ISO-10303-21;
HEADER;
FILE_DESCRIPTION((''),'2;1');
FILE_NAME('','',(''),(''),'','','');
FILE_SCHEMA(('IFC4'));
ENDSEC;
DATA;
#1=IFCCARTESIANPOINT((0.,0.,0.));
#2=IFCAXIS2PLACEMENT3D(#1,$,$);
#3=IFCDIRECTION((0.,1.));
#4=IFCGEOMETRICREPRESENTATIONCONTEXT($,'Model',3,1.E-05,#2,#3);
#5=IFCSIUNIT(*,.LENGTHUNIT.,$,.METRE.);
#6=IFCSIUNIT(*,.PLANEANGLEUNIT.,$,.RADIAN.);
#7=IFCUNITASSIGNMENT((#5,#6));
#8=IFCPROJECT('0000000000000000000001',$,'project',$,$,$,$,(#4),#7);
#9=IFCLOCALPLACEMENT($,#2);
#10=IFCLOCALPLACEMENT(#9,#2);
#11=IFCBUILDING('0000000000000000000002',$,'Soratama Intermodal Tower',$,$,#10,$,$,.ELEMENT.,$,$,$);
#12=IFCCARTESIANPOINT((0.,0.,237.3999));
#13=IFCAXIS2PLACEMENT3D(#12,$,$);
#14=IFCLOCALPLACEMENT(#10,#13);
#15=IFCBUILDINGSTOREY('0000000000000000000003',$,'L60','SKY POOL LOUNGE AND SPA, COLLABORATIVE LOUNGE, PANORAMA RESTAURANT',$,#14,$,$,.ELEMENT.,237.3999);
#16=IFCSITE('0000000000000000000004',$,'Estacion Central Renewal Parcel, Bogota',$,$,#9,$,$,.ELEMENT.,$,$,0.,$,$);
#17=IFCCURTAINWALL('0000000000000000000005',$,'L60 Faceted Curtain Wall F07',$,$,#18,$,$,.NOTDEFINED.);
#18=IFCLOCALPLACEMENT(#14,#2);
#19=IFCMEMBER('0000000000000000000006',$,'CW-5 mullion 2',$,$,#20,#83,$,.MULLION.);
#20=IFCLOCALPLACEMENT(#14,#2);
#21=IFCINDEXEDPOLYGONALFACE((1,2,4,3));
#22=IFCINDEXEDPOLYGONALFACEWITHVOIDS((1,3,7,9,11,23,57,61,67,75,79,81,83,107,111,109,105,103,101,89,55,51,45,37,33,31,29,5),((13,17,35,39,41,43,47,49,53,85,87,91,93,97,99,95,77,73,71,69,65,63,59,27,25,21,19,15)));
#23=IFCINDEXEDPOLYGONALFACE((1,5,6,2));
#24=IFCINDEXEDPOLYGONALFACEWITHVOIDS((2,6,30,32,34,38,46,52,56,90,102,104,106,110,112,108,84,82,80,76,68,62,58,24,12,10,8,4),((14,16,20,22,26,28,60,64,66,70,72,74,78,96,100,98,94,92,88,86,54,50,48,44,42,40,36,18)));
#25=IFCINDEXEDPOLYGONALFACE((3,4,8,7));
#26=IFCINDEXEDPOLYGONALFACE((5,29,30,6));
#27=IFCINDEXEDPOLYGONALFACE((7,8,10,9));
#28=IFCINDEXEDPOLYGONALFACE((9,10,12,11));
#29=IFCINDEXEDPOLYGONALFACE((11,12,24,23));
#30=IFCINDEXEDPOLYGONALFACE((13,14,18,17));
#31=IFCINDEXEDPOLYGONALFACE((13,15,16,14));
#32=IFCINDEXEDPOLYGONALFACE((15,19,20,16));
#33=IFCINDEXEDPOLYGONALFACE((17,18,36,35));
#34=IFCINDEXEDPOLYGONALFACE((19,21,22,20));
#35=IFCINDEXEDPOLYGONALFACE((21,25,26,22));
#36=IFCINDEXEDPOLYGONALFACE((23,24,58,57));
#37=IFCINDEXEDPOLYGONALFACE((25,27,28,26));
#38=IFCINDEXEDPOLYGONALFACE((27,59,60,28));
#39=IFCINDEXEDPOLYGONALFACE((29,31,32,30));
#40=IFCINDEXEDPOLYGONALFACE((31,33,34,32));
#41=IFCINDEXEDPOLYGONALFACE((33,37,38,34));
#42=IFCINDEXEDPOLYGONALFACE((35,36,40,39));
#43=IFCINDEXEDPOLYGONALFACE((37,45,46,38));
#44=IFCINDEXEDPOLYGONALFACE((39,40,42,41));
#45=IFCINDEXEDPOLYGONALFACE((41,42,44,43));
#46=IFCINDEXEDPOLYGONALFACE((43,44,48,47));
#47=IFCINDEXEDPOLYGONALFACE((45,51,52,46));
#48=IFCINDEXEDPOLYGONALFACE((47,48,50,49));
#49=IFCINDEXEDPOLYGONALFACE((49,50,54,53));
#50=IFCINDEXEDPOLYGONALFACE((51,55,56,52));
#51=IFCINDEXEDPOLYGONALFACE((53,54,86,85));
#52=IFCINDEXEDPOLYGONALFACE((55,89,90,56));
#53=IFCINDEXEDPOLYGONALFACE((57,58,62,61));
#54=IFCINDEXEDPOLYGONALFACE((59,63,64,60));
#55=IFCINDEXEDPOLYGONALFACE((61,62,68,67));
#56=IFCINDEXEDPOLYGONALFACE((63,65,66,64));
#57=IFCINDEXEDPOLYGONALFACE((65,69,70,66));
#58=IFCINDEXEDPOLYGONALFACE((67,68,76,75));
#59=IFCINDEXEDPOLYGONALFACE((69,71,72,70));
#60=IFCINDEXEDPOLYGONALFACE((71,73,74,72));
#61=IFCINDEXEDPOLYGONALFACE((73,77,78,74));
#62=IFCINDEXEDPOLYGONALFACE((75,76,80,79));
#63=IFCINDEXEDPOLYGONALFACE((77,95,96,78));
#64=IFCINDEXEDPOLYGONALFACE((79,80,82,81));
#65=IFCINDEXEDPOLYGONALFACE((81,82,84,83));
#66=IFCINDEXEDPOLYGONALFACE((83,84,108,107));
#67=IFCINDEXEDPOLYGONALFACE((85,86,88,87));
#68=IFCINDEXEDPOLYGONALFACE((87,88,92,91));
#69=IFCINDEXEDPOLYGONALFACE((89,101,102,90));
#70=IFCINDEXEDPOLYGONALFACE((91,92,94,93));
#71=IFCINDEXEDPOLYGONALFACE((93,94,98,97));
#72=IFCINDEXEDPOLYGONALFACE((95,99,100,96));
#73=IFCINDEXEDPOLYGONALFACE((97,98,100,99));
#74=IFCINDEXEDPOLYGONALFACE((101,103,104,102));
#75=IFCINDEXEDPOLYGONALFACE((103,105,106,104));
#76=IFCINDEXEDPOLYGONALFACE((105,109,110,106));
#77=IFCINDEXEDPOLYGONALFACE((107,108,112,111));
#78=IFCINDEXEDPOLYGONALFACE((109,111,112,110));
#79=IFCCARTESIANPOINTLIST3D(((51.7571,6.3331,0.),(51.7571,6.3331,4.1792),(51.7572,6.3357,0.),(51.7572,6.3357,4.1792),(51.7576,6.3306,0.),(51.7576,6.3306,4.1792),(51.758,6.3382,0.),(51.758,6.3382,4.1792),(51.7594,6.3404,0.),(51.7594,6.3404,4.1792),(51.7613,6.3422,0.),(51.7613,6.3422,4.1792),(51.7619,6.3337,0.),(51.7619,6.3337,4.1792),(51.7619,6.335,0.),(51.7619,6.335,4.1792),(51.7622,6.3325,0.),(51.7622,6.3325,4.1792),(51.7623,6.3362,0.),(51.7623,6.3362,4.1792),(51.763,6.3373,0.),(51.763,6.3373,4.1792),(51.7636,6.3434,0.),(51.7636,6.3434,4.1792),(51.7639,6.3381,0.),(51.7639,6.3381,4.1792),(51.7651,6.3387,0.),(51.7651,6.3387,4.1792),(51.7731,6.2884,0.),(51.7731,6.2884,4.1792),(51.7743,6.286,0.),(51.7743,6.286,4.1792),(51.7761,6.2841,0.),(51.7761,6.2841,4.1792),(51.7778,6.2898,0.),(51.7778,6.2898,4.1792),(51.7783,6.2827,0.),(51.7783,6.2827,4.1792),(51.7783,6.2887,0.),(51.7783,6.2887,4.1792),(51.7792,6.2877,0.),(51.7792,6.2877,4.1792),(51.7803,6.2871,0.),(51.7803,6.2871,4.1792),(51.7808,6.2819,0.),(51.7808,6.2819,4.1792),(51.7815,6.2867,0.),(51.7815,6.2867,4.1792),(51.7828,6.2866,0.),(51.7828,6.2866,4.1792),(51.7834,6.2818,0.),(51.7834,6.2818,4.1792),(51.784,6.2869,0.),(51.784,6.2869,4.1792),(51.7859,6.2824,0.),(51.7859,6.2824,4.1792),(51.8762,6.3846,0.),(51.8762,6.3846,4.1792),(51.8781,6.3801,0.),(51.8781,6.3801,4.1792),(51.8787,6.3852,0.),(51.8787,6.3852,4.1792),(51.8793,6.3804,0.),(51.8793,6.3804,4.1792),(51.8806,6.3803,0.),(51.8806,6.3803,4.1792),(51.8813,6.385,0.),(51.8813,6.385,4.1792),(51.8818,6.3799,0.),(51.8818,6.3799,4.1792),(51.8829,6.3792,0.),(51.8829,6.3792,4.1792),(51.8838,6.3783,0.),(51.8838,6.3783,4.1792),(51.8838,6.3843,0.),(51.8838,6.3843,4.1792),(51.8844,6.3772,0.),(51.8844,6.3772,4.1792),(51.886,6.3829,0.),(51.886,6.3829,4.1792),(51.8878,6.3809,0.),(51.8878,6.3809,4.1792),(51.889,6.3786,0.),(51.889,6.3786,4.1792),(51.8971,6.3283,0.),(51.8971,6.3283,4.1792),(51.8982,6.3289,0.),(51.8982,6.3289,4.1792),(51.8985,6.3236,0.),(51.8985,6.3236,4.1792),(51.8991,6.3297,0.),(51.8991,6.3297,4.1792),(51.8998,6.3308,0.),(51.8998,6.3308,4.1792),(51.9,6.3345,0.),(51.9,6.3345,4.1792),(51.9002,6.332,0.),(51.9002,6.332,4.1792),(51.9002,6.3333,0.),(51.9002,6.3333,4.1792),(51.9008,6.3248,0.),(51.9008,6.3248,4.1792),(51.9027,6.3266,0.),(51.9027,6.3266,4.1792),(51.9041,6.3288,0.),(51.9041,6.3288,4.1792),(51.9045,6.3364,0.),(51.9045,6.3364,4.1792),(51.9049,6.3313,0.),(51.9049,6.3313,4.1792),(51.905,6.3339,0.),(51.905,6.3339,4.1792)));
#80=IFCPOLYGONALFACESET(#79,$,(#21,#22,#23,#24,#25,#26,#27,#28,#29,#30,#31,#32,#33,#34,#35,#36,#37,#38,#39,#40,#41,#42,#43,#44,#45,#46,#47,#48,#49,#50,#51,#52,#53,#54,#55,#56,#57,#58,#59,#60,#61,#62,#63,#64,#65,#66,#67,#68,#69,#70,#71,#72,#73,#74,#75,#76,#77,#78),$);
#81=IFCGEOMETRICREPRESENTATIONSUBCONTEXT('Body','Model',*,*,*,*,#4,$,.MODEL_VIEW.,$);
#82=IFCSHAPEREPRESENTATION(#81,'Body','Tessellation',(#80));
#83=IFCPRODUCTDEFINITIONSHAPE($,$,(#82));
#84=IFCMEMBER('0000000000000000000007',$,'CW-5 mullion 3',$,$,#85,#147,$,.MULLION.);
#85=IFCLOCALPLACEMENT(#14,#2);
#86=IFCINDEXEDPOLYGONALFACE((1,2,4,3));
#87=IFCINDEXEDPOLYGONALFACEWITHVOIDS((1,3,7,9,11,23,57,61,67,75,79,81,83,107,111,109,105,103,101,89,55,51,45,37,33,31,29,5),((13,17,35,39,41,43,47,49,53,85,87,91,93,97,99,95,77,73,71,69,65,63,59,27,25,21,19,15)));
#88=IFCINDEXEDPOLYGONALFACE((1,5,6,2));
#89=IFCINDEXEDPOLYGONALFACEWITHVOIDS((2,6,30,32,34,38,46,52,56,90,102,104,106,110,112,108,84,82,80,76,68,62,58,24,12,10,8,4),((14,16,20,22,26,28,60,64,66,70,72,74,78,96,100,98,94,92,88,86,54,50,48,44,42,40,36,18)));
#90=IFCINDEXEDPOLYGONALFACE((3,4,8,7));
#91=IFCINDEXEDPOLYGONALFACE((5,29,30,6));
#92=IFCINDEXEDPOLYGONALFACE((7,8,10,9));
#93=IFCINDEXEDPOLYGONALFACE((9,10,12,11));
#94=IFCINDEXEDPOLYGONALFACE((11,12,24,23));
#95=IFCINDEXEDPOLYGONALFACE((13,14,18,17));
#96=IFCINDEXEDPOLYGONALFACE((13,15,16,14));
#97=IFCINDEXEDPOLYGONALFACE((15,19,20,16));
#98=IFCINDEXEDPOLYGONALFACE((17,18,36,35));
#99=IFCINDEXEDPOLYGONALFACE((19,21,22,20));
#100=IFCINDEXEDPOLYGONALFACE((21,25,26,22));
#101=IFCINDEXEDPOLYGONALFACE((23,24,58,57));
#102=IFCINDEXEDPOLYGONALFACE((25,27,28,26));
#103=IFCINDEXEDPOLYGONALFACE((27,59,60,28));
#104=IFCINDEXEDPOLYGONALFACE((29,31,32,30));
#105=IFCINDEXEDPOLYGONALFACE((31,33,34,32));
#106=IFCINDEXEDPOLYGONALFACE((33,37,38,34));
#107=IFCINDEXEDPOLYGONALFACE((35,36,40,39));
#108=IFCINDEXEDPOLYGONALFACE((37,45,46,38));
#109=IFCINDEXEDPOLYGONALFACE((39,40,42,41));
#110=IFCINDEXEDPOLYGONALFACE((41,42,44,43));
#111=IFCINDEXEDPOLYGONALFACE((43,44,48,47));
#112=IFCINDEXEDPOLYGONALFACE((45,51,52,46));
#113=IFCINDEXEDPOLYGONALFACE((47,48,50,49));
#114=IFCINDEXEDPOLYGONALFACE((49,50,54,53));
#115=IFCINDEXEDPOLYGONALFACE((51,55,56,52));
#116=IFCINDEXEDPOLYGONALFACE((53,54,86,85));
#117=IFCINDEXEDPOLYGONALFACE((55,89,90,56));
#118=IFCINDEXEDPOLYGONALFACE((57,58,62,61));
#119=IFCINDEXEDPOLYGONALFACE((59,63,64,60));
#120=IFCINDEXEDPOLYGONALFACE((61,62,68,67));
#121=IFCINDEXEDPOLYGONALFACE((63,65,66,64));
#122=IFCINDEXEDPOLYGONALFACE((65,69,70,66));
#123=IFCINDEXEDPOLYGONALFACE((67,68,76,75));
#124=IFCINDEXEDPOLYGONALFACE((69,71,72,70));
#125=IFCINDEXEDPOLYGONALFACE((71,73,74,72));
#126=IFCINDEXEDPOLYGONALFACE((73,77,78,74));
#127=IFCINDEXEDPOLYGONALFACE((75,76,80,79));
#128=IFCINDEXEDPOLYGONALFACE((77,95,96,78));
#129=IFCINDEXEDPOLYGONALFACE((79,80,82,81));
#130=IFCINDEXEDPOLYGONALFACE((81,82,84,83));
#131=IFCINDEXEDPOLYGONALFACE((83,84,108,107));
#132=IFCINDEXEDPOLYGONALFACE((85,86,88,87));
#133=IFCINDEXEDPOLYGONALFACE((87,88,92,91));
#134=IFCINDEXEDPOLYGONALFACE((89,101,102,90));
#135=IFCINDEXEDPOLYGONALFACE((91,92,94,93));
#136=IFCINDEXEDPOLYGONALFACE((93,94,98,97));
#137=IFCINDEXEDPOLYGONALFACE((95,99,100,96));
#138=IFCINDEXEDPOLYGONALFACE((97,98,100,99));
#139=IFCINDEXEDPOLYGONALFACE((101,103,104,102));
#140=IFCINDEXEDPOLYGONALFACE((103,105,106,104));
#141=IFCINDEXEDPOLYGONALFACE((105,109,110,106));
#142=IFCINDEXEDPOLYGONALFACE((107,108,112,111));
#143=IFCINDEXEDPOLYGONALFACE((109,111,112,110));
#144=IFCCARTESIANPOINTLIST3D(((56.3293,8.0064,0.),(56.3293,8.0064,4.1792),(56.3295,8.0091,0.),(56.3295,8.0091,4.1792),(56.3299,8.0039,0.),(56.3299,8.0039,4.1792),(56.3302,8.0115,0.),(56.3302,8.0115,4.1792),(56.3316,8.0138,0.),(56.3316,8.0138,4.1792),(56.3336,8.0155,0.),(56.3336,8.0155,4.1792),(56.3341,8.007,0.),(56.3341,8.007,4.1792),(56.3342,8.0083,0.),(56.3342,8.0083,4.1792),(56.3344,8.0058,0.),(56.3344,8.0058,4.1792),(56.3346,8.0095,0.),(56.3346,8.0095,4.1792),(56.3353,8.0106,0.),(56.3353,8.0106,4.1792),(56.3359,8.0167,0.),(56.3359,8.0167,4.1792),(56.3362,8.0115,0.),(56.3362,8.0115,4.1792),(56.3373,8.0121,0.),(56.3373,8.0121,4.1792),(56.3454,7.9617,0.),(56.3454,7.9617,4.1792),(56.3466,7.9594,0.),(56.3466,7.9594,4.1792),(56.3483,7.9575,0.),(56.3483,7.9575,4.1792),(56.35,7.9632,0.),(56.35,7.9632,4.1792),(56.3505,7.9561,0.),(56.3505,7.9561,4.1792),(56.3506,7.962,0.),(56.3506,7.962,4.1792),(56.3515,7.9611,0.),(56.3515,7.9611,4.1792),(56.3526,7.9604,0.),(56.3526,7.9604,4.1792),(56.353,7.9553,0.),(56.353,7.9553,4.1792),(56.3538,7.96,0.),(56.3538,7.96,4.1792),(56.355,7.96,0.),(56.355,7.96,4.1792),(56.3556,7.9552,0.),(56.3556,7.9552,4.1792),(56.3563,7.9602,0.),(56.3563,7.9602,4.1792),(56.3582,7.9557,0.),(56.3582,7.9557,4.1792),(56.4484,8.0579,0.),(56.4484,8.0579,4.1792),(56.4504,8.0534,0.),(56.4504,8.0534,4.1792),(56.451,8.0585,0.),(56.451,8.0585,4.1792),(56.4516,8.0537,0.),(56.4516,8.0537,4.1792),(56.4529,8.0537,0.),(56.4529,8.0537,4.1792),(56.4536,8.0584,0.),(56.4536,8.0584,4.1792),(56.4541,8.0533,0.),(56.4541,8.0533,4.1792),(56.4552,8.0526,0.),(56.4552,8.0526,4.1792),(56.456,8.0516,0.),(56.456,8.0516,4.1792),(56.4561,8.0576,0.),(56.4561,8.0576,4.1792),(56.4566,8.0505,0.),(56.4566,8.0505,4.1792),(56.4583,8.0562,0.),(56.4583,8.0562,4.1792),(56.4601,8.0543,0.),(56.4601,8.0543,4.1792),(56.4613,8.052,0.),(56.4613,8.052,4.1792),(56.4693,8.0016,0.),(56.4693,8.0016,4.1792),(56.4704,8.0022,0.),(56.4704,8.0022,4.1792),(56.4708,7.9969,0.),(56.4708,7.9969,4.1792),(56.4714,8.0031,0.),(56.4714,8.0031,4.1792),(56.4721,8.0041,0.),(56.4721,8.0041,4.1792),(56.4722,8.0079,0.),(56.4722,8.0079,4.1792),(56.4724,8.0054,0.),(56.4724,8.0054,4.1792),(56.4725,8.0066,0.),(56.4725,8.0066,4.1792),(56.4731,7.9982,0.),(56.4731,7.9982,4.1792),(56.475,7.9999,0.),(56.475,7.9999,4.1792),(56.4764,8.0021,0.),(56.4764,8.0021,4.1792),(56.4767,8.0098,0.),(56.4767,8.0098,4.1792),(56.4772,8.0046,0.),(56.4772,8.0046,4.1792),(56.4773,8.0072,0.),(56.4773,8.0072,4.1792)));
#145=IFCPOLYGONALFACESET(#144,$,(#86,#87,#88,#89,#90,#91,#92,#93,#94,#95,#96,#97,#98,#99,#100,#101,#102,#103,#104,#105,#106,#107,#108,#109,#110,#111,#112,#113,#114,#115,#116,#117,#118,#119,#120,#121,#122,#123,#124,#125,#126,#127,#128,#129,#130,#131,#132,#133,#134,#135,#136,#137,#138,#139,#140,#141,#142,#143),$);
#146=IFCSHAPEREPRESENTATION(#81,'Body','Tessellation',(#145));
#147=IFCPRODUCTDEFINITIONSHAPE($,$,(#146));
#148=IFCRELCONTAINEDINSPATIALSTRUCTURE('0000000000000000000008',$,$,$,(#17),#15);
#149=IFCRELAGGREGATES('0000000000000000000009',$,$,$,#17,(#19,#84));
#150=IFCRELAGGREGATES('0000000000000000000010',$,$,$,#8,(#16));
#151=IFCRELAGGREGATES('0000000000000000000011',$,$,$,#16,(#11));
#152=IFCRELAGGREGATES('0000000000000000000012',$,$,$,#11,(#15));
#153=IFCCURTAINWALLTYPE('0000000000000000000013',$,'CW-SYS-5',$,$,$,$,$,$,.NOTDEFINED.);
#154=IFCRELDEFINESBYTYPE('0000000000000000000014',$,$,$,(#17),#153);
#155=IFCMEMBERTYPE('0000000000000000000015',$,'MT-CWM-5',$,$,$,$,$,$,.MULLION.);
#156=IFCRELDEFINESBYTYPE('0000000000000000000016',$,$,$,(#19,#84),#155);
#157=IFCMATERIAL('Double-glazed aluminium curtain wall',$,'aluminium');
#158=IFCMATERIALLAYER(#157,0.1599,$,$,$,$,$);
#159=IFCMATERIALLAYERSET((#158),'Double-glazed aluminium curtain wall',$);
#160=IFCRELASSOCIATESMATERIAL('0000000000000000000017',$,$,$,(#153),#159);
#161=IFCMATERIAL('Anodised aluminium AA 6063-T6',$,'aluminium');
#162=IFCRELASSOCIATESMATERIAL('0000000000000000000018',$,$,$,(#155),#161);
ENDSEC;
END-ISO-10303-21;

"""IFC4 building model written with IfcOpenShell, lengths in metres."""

from ifc_helpers import new_model, si_unit, direction, frame, origin, origin_2d, place, context, subcontext, project, spatial, hollow_rectangle, extrude, material, layer, layer_set, material_profile, profile_set, type_object, element, aggregate, save


model = new_model("IFC4")

# Units and contexts
model_context = context("Model", 3, precision=1e-05, world=origin(), true_north=direction((0.0, 1.0)))
body_context = subcontext(model_context, "Body", "Model", "MODEL_VIEW")
ifc_project = project(units=[si_unit("LENGTHUNIT", "METRE"), si_unit("PLANEANGLEUNIT", "RADIAN")], contexts=[model_context])

# Site, building, storey
site_placement = place(None, origin())
site = spatial("IfcSite", under=ifc_project, at=site_placement, Name="Estacion Central Renewal Parcel, Bogota", CompositionType="ELEMENT", RefElevation=0.0)
building_placement = place(site_placement, origin())
building = spatial("IfcBuilding", under=site, at=building_placement, Name="Soratama Intermodal Tower", CompositionType="ELEMENT")
storey_placement = place(building_placement, frame((0.0, 0.0, 237.3999)))
storey = spatial("IfcBuildingStorey", under=building, at=storey_placement, Name="L60", Description="SKY POOL LOUNGE AND SPA, COLLABORATIVE LOUNGE, PANORAMA RESTAURANT", CompositionType="ELEMENT", Elevation=237.3999)

# Curtain wall, members
ifc_material_1 = material(Name="Double-glazed aluminium curtain wall", Category="aluminium")
ifc_layer_1 = layer(ifc_material_1, 0.1599)
ifc_layer_set_1 = layer_set([ifc_layer_1], Name="Double-glazed aluminium curtain wall")
curtain_wall_type = type_object("IfcCurtainWallType", Name="CW-SYS-5", PredefinedType="NOTDEFINED", material=ifc_layer_set_1)
curtain_wall_1_placement = place(storey_placement, origin())
curtain_wall_1 = element("IfcCurtainWall", 1, at=curtain_wall_1_placement, inside=storey, type_object=curtain_wall_type, Name="L60 Faceted Curtain Wall F07", PredefinedType="NOTDEFINED")
ifc_material_2 = material(Name="Anodised aluminium AA 6063-T6", Category="aluminium")
ifc_material_profile_1 = material_profile(ifc_material_2, hollow_rectangle(XDim=0.0649, YDim=0.1399, WallThickness=0.0049, InnerFilletRadius=0.0049, OuterFilletRadius=0.01, at=origin_2d()), Name="CWM140X65X5")
ifc_profile_set_1 = profile_set([ifc_material_profile_1], Name="Anodised aluminium AA 6063-T6")
member_type_1 = type_object("IfcMemberType", Name="MT-CWM-5", PredefinedType="MULLION", material=ifc_profile_set_1)
member_1_placement = place(storey_placement, frame((51.8311, 6.3335, 0.0), z_axis=(0.0, 0.0, 1.0), x_axis=(-0.343664, 0.939093, 0.0)))
member_1 = element("IfcMember", 2, at=member_1_placement, type_object=member_type_1, Name="CW-5 mullion 2", PredefinedType="MULLION", context=body_context, shape_type="SweptSolid", body=[
    extrude(hollow_rectangle(XDim=0.0649, YDim=0.1399, WallThickness=0.0049, InnerFilletRadius=0.0049, OuterFilletRadius=0.01, at=origin_2d()), origin(), (0.0, 0.0, 1.0), 4.1792),
])
member_2_placement = place(storey_placement, frame((56.4033, 8.0068, 0.0), z_axis=(0.0, 0.0, 1.0), x_axis=(-0.343664, 0.939093, 0.0)))
member_2 = element("IfcMember", 3, at=member_2_placement, type_object=member_type_1, Name="CW-5 mullion 3", PredefinedType="MULLION", context=body_context, shape_type="SweptSolid", body=[
    extrude(hollow_rectangle(XDim=0.0649, YDim=0.1399, WallThickness=0.0049, InnerFilletRadius=0.0049, OuterFilletRadius=0.01, at=origin_2d()), origin(), (0.0, 0.0, 1.0), 4.1792),
])

aggregate(curtain_wall_1, [member_1, member_2])

save(model, "model.ifc")
